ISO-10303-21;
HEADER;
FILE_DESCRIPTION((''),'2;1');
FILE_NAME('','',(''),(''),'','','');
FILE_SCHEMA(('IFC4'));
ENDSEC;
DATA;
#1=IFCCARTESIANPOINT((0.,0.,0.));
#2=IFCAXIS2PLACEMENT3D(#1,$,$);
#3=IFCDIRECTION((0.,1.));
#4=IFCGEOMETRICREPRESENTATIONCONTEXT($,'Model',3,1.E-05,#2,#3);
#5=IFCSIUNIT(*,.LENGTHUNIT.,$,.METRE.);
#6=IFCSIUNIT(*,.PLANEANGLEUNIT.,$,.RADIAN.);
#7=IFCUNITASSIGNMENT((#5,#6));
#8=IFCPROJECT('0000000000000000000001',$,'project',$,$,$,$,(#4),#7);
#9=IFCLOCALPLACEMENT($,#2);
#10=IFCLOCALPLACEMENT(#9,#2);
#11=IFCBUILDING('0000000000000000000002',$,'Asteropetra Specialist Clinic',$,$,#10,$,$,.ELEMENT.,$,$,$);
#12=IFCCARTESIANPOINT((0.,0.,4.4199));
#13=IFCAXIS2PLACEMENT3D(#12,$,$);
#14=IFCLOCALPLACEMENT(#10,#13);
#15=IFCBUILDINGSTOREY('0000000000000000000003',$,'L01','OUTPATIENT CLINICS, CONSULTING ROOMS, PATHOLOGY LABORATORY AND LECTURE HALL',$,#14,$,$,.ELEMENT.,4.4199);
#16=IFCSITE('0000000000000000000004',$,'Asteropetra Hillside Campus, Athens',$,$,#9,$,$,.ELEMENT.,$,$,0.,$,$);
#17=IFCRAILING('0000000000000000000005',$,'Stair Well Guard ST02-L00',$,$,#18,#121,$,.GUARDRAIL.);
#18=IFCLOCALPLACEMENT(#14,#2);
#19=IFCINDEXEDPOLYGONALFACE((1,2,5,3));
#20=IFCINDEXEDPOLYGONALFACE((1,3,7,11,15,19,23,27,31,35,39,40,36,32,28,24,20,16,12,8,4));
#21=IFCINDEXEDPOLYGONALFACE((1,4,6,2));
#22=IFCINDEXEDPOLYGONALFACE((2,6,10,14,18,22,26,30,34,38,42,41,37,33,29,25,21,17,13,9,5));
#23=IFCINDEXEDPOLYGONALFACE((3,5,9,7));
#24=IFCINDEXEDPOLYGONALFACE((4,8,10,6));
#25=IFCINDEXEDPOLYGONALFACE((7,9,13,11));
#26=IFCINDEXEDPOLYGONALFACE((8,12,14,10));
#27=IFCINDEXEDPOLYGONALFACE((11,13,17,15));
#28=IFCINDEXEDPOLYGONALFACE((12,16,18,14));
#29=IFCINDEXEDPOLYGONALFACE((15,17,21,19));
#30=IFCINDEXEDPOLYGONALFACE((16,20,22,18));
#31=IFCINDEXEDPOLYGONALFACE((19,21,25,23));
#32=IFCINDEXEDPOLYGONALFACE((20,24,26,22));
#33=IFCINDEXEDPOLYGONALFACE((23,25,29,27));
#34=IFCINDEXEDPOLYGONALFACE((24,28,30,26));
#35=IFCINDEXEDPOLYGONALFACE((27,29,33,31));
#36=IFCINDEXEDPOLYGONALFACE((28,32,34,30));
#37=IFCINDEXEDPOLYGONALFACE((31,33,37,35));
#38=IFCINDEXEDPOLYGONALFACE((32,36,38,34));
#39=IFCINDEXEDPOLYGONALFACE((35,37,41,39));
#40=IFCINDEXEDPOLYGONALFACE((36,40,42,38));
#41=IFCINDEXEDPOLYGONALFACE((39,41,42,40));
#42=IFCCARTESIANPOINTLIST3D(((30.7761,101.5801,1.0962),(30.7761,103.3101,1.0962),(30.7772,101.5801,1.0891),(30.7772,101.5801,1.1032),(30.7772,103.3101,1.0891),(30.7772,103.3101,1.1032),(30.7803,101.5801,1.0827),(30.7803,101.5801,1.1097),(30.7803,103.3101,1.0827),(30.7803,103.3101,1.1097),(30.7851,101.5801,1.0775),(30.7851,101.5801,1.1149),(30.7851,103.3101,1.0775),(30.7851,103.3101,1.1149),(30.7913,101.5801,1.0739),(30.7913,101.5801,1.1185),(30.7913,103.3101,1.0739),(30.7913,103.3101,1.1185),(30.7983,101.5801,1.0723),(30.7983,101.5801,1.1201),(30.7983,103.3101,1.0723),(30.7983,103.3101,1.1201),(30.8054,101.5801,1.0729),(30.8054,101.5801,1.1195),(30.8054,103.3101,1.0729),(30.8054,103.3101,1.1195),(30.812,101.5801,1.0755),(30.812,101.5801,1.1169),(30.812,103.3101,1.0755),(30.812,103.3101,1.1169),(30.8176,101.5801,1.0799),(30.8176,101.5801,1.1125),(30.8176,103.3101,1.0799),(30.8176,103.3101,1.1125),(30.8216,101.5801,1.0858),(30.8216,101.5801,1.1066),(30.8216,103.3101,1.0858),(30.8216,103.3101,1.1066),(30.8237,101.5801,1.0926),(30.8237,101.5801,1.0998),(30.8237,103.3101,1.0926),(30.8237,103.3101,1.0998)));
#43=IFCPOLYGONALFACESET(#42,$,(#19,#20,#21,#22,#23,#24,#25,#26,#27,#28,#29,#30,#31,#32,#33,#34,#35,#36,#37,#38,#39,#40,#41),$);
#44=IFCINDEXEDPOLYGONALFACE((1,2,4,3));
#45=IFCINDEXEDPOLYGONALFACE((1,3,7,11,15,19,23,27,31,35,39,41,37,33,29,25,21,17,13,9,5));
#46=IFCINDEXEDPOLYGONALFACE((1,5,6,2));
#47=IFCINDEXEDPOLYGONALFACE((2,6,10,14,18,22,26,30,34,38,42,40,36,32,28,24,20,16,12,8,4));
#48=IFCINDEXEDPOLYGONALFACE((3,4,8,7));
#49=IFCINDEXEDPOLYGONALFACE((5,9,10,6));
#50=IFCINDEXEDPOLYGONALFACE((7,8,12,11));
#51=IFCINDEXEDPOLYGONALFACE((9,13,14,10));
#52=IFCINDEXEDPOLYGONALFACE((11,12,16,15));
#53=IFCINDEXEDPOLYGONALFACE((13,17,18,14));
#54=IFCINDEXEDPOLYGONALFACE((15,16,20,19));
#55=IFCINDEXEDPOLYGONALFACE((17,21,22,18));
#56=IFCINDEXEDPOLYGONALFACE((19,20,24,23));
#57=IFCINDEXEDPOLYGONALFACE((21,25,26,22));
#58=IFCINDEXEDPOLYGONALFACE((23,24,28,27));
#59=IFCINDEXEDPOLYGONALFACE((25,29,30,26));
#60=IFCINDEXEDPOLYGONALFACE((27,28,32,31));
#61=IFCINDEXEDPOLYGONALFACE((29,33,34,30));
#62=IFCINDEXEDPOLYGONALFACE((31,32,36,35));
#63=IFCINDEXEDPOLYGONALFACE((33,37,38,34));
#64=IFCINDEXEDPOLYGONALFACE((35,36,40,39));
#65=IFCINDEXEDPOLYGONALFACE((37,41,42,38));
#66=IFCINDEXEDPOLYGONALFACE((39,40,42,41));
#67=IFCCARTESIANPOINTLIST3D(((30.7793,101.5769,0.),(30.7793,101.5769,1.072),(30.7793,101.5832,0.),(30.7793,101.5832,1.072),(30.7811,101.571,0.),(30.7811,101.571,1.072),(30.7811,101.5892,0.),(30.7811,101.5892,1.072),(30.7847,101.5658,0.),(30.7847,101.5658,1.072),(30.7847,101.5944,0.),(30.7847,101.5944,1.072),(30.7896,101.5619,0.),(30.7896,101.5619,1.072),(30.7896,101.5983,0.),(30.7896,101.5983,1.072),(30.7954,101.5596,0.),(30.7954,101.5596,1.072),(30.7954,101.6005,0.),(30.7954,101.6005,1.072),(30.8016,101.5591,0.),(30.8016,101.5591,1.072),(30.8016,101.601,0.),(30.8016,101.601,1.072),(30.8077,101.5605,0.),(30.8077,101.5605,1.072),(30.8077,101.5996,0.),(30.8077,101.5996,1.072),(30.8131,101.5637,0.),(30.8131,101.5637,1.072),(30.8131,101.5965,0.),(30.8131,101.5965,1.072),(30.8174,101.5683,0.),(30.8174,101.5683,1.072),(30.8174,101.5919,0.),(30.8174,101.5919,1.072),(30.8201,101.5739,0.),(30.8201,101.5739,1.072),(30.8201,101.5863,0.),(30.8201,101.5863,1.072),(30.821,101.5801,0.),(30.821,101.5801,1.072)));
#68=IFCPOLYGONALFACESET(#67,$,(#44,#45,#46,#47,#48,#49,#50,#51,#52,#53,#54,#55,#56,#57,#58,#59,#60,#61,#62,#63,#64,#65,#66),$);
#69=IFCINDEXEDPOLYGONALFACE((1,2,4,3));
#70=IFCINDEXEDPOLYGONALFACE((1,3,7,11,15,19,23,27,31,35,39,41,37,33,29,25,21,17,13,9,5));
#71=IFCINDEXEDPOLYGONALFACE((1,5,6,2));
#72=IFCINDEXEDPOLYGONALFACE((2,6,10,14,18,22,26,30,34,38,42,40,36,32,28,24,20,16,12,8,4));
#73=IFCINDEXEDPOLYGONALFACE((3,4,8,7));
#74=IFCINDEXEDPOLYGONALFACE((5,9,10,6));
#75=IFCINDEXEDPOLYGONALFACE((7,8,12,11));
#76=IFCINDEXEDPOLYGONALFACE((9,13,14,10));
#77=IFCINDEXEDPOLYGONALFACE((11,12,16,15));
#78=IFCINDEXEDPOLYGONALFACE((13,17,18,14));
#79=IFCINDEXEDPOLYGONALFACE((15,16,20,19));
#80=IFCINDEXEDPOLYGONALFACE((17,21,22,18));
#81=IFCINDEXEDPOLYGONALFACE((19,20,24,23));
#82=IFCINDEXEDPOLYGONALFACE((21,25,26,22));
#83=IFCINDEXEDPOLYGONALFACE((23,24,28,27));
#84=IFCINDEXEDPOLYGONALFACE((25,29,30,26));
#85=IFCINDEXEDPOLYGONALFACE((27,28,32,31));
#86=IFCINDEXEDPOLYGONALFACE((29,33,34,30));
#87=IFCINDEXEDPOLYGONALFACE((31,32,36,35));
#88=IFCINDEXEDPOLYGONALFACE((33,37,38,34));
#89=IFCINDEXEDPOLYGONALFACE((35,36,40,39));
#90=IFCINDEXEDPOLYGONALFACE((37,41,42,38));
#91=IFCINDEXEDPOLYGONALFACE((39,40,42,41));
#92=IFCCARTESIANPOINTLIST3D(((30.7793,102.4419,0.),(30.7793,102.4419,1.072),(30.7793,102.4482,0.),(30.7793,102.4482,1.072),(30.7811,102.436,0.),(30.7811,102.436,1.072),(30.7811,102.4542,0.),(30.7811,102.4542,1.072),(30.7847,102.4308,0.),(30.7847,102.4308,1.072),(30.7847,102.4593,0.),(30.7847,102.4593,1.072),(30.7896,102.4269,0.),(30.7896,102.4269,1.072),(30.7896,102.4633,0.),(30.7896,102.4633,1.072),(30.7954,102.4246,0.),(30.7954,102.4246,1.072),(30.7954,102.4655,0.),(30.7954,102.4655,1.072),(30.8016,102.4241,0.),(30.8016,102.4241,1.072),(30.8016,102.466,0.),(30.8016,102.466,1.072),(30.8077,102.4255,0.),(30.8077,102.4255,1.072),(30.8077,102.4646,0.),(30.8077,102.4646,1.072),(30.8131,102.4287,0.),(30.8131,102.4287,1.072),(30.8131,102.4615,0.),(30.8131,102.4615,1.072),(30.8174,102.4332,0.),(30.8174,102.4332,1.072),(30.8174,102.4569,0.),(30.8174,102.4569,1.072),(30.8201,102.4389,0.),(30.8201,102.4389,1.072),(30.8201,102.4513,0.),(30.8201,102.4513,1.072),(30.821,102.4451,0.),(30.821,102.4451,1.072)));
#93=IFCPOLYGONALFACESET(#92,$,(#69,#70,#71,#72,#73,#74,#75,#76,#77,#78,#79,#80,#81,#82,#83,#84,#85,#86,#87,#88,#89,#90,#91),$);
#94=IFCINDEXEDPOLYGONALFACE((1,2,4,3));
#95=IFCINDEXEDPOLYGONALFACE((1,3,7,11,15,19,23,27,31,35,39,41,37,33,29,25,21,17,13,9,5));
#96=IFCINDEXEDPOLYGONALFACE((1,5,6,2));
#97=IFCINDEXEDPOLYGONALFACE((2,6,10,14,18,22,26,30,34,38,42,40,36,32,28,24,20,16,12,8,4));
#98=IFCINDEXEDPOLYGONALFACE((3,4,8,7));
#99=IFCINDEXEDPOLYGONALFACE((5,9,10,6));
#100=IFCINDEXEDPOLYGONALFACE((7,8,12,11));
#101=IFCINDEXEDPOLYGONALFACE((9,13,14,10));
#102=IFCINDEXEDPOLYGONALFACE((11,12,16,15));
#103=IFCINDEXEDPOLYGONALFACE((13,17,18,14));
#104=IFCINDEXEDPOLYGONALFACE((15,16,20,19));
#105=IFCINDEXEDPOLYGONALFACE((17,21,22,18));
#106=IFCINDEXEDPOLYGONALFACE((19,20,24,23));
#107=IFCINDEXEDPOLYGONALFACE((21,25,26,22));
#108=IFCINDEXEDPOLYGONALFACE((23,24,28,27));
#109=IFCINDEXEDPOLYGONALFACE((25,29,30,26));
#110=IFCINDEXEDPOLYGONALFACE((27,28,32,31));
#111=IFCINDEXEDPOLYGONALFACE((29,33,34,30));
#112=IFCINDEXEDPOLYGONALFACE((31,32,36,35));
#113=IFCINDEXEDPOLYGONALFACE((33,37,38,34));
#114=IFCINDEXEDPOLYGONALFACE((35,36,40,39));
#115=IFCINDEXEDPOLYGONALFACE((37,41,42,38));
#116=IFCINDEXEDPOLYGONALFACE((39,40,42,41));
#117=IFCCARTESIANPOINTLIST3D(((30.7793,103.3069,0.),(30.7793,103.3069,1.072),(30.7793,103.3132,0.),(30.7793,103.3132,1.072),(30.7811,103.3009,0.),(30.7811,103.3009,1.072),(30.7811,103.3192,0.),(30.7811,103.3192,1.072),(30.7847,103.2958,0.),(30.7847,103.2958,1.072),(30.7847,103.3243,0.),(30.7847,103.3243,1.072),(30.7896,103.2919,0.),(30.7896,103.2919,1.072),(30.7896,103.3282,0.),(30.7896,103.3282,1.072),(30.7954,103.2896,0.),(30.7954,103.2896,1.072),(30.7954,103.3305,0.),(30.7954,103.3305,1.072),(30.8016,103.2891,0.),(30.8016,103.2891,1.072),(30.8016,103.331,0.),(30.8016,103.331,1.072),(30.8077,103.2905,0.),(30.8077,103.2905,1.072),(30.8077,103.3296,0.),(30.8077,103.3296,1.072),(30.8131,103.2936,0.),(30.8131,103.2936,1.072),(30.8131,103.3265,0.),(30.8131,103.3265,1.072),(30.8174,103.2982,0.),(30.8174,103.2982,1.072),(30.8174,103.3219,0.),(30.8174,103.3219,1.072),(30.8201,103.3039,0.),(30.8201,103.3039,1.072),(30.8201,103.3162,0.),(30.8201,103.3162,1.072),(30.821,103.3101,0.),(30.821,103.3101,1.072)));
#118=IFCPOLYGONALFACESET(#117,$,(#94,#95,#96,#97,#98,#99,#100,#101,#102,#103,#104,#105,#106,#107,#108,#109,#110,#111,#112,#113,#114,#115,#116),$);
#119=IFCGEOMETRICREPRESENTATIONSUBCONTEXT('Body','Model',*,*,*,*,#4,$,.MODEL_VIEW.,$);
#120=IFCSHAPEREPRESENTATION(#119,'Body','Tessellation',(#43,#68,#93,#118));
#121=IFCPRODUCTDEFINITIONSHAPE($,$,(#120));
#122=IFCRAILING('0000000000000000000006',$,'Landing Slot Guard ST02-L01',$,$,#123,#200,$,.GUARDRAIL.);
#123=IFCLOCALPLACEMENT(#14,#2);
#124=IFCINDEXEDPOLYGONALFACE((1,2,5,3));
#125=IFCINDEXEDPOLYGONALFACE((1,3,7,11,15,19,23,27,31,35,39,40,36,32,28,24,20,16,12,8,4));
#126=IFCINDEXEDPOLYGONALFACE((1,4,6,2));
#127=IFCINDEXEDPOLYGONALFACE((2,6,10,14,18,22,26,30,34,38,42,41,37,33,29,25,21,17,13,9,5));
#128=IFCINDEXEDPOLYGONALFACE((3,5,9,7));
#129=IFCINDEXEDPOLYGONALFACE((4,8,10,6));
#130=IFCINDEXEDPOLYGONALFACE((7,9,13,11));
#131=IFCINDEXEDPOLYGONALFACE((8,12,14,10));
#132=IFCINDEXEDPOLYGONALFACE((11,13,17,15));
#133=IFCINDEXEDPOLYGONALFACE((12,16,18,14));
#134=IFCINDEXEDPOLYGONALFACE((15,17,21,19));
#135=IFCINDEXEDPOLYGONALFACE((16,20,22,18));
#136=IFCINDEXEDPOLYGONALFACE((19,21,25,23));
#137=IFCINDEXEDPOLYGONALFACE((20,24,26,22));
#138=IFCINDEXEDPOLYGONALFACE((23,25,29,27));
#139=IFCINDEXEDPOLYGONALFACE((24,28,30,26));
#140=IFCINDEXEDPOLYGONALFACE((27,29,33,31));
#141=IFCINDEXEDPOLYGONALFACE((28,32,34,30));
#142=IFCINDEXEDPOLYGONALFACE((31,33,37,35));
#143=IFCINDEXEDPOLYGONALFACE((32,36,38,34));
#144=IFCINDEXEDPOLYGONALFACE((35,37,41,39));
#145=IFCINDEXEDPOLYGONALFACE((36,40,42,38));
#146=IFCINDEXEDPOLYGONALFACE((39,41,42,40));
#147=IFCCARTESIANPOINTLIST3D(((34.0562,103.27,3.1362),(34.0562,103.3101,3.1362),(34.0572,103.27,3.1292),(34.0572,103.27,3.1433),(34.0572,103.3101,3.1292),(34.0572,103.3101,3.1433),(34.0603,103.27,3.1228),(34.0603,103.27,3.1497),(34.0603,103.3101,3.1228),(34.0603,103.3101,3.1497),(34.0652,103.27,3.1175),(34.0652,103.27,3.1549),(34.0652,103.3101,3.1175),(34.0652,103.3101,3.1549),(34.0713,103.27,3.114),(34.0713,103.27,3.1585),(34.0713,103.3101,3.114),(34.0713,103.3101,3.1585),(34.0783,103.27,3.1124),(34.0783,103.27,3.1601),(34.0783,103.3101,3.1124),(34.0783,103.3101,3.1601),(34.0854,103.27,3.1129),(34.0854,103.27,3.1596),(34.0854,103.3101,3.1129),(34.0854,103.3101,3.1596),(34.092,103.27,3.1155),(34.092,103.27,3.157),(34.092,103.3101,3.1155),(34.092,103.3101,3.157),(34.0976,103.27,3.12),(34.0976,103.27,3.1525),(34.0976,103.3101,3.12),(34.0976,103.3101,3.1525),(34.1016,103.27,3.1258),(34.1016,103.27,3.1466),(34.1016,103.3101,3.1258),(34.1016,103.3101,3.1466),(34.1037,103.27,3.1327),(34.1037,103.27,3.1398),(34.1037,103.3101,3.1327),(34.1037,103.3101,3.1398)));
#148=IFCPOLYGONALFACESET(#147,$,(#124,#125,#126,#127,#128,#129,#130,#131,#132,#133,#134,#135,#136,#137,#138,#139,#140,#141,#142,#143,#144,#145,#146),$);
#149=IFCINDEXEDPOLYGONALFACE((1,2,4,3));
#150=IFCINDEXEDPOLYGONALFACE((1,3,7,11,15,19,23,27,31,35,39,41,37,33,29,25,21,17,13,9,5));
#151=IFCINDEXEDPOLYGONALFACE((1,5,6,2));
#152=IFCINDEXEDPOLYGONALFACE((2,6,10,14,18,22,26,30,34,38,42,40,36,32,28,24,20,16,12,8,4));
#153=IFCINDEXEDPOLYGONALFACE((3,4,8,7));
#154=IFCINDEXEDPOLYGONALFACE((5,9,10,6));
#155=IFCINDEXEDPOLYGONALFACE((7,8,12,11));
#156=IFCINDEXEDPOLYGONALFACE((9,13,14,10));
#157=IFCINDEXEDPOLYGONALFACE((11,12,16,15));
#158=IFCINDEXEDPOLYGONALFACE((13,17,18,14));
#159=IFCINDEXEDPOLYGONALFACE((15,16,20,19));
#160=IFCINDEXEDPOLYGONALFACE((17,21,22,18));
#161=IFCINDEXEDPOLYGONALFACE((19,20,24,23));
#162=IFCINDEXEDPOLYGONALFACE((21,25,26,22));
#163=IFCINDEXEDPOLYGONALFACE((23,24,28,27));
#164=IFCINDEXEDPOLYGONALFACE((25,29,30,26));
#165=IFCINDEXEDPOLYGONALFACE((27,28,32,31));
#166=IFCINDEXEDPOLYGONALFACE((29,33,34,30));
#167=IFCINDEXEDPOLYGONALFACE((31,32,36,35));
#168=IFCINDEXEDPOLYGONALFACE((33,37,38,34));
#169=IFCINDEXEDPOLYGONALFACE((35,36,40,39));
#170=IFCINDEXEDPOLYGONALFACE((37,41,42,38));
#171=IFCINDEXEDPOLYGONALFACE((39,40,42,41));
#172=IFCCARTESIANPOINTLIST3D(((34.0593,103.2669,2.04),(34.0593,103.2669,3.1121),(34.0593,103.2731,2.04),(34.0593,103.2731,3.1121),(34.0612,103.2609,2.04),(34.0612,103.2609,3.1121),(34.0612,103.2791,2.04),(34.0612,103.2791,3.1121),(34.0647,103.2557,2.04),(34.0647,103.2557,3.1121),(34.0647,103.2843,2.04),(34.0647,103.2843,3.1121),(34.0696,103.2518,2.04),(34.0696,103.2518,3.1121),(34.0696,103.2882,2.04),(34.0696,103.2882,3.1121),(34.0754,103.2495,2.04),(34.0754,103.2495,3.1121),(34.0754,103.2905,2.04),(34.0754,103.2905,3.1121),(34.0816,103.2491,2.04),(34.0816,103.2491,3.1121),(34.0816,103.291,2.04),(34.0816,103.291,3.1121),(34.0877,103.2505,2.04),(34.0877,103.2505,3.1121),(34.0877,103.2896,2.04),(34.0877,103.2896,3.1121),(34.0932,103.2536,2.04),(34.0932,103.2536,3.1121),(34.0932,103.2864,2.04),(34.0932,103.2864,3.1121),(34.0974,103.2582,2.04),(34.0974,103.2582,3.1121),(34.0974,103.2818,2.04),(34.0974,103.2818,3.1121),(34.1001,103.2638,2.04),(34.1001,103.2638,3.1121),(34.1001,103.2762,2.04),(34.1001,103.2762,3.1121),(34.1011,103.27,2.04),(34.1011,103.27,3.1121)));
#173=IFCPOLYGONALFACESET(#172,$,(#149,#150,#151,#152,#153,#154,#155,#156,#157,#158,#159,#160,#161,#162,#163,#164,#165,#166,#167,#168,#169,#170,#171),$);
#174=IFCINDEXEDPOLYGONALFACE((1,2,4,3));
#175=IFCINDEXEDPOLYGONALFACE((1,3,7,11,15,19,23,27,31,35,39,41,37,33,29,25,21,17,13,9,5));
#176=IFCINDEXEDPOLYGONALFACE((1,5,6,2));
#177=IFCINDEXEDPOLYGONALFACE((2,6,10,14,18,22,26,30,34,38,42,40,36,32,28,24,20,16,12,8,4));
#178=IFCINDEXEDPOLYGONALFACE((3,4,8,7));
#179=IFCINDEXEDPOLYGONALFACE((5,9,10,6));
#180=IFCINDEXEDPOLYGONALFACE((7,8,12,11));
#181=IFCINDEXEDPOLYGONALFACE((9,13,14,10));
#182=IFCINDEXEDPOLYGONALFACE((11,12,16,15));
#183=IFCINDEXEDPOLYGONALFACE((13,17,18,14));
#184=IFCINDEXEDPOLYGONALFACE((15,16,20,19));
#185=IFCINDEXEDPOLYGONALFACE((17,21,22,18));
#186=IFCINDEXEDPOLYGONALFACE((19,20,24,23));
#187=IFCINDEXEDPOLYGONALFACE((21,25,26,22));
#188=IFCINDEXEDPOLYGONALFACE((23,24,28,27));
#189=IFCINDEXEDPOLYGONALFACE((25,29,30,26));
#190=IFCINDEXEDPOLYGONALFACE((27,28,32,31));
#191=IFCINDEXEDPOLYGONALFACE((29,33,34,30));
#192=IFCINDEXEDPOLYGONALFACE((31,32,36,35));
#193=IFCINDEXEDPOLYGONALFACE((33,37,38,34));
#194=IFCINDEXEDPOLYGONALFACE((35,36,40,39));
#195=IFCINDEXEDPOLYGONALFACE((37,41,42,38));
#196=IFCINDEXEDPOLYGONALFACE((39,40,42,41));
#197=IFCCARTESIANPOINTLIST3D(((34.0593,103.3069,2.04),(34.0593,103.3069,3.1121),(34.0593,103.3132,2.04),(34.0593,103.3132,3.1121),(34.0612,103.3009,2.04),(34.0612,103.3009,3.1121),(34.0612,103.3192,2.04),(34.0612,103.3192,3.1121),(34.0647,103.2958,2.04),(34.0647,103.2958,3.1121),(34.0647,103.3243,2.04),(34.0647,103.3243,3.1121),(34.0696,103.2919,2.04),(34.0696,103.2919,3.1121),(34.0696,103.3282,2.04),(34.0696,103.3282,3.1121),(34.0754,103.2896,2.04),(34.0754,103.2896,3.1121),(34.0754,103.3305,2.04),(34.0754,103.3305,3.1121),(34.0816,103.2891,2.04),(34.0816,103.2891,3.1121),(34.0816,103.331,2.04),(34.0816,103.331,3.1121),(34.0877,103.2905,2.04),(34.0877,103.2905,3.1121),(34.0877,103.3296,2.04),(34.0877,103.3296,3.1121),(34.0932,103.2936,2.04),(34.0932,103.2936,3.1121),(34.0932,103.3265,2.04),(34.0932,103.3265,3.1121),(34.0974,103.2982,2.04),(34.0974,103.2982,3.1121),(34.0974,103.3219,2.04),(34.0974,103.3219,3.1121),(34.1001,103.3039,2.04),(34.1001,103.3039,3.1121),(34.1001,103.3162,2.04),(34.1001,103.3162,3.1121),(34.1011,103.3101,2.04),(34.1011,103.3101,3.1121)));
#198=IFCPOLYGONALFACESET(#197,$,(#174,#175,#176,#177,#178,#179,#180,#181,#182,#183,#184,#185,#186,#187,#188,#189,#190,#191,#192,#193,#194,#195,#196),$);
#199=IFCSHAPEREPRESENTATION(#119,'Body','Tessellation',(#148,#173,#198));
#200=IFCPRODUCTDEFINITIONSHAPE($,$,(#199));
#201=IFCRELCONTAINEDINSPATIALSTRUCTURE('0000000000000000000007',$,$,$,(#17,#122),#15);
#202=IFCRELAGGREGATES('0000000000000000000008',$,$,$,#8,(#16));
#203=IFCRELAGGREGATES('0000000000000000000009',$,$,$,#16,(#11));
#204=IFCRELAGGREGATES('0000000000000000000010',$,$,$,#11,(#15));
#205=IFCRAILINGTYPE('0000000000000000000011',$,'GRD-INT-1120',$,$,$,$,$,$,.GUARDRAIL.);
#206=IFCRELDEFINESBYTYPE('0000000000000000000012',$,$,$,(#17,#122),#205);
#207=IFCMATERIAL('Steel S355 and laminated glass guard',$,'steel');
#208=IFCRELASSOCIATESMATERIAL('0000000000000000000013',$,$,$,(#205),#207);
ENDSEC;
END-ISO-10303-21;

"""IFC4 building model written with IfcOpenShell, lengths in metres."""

from ifc_helpers import new_model, si_unit, direction, frame, origin, origin_2d, place, context, subcontext, project, spatial, circle, extrude, material, type_object, element, save


model = new_model("IFC4")

# Units and contexts
model_context = context("Model", 3, precision=1e-05, world=origin(), true_north=direction((0.0, 1.0)))
body_context = subcontext(model_context, "Body", "Model", "MODEL_VIEW")
ifc_project = project(units=[si_unit("LENGTHUNIT", "METRE"), si_unit("PLANEANGLEUNIT", "RADIAN")], contexts=[model_context])

# Site, building, storey
site_placement = place(None, origin())
site = spatial("IfcSite", under=ifc_project, at=site_placement, Name="Asteropetra Hillside Campus, Athens", CompositionType="ELEMENT", RefElevation=0.0)
building_placement = place(site_placement, origin())
building = spatial("IfcBuilding", under=site, at=building_placement, Name="Asteropetra Specialist Clinic", CompositionType="ELEMENT")
storey_placement = place(building_placement, frame((0.0, 0.0, 4.4199)))
storey = spatial("IfcBuildingStorey", under=building, at=storey_placement, Name="L01", Description="OUTPATIENT CLINICS, CONSULTING ROOMS, PATHOLOGY LABORATORY AND LECTURE HALL", CompositionType="ELEMENT", Elevation=4.4199)

# Railings
ifc_material_1 = material(Name="Steel S355 and laminated glass guard", Category="steel")
railing_type_1 = type_object("IfcRailingType", Name="GRD-INT-1120", PredefinedType="GUARDRAIL", material=ifc_material_1)
railing_1_placement = place(storey_placement, frame((30.8, 101.5801, 0.0)))
element("IfcRailing", 1, at=railing_1_placement, inside=storey, type_object=railing_type_1, Name="Stair Well Guard ST02-L00", PredefinedType="GUARDRAIL", context=body_context, shape_type="SweptSolid", body=[
    extrude(circle(Radius=0.0239, at=origin_2d()), frame((0.0, 0.0, 1.0962), z_axis=(0.0, 1.0, 0.0), x_axis=(-1.0, 0.0, 0.0)), (0.0, 0.0, 1.0), 1.73),
    extrude(circle(Radius=0.021, at=origin_2d()), origin(), (0.0, 0.0, 1.0), 1.072),
    extrude(circle(Radius=0.021, at=origin_2d()), frame((0.0, 0.865, 0.0)), (0.0, 0.0, 1.0), 1.072),
    extrude(circle(Radius=0.021, at=origin_2d()), frame((0.0, 1.73, 0.0)), (0.0, 0.0, 1.0), 1.072),
])
railing_2_placement = place(storey_placement, frame((34.0801, 103.27, 2.04)))
element("IfcRailing", 2, at=railing_2_placement, inside=storey, type_object=railing_type_1, Name="Landing Slot Guard ST02-L01", PredefinedType="GUARDRAIL", context=body_context, shape_type="SweptSolid", body=[
    extrude(circle(Radius=0.0239, at=origin_2d()), frame((0.0, 0.0, 1.0962), z_axis=(0.0, 1.0, 0.0), x_axis=(-1.0, 0.0, 0.0)), (0.0, 0.0, 1.0), 0.04),
    extrude(circle(Radius=0.021, at=origin_2d()), origin(), (0.0, 0.0, 1.0), 1.072),
    extrude(circle(Radius=0.021, at=origin_2d()), frame((0.0, 0.04, 0.0)), (0.0, 0.0, 1.0), 1.072),
])

save(model, "model.ifc")
